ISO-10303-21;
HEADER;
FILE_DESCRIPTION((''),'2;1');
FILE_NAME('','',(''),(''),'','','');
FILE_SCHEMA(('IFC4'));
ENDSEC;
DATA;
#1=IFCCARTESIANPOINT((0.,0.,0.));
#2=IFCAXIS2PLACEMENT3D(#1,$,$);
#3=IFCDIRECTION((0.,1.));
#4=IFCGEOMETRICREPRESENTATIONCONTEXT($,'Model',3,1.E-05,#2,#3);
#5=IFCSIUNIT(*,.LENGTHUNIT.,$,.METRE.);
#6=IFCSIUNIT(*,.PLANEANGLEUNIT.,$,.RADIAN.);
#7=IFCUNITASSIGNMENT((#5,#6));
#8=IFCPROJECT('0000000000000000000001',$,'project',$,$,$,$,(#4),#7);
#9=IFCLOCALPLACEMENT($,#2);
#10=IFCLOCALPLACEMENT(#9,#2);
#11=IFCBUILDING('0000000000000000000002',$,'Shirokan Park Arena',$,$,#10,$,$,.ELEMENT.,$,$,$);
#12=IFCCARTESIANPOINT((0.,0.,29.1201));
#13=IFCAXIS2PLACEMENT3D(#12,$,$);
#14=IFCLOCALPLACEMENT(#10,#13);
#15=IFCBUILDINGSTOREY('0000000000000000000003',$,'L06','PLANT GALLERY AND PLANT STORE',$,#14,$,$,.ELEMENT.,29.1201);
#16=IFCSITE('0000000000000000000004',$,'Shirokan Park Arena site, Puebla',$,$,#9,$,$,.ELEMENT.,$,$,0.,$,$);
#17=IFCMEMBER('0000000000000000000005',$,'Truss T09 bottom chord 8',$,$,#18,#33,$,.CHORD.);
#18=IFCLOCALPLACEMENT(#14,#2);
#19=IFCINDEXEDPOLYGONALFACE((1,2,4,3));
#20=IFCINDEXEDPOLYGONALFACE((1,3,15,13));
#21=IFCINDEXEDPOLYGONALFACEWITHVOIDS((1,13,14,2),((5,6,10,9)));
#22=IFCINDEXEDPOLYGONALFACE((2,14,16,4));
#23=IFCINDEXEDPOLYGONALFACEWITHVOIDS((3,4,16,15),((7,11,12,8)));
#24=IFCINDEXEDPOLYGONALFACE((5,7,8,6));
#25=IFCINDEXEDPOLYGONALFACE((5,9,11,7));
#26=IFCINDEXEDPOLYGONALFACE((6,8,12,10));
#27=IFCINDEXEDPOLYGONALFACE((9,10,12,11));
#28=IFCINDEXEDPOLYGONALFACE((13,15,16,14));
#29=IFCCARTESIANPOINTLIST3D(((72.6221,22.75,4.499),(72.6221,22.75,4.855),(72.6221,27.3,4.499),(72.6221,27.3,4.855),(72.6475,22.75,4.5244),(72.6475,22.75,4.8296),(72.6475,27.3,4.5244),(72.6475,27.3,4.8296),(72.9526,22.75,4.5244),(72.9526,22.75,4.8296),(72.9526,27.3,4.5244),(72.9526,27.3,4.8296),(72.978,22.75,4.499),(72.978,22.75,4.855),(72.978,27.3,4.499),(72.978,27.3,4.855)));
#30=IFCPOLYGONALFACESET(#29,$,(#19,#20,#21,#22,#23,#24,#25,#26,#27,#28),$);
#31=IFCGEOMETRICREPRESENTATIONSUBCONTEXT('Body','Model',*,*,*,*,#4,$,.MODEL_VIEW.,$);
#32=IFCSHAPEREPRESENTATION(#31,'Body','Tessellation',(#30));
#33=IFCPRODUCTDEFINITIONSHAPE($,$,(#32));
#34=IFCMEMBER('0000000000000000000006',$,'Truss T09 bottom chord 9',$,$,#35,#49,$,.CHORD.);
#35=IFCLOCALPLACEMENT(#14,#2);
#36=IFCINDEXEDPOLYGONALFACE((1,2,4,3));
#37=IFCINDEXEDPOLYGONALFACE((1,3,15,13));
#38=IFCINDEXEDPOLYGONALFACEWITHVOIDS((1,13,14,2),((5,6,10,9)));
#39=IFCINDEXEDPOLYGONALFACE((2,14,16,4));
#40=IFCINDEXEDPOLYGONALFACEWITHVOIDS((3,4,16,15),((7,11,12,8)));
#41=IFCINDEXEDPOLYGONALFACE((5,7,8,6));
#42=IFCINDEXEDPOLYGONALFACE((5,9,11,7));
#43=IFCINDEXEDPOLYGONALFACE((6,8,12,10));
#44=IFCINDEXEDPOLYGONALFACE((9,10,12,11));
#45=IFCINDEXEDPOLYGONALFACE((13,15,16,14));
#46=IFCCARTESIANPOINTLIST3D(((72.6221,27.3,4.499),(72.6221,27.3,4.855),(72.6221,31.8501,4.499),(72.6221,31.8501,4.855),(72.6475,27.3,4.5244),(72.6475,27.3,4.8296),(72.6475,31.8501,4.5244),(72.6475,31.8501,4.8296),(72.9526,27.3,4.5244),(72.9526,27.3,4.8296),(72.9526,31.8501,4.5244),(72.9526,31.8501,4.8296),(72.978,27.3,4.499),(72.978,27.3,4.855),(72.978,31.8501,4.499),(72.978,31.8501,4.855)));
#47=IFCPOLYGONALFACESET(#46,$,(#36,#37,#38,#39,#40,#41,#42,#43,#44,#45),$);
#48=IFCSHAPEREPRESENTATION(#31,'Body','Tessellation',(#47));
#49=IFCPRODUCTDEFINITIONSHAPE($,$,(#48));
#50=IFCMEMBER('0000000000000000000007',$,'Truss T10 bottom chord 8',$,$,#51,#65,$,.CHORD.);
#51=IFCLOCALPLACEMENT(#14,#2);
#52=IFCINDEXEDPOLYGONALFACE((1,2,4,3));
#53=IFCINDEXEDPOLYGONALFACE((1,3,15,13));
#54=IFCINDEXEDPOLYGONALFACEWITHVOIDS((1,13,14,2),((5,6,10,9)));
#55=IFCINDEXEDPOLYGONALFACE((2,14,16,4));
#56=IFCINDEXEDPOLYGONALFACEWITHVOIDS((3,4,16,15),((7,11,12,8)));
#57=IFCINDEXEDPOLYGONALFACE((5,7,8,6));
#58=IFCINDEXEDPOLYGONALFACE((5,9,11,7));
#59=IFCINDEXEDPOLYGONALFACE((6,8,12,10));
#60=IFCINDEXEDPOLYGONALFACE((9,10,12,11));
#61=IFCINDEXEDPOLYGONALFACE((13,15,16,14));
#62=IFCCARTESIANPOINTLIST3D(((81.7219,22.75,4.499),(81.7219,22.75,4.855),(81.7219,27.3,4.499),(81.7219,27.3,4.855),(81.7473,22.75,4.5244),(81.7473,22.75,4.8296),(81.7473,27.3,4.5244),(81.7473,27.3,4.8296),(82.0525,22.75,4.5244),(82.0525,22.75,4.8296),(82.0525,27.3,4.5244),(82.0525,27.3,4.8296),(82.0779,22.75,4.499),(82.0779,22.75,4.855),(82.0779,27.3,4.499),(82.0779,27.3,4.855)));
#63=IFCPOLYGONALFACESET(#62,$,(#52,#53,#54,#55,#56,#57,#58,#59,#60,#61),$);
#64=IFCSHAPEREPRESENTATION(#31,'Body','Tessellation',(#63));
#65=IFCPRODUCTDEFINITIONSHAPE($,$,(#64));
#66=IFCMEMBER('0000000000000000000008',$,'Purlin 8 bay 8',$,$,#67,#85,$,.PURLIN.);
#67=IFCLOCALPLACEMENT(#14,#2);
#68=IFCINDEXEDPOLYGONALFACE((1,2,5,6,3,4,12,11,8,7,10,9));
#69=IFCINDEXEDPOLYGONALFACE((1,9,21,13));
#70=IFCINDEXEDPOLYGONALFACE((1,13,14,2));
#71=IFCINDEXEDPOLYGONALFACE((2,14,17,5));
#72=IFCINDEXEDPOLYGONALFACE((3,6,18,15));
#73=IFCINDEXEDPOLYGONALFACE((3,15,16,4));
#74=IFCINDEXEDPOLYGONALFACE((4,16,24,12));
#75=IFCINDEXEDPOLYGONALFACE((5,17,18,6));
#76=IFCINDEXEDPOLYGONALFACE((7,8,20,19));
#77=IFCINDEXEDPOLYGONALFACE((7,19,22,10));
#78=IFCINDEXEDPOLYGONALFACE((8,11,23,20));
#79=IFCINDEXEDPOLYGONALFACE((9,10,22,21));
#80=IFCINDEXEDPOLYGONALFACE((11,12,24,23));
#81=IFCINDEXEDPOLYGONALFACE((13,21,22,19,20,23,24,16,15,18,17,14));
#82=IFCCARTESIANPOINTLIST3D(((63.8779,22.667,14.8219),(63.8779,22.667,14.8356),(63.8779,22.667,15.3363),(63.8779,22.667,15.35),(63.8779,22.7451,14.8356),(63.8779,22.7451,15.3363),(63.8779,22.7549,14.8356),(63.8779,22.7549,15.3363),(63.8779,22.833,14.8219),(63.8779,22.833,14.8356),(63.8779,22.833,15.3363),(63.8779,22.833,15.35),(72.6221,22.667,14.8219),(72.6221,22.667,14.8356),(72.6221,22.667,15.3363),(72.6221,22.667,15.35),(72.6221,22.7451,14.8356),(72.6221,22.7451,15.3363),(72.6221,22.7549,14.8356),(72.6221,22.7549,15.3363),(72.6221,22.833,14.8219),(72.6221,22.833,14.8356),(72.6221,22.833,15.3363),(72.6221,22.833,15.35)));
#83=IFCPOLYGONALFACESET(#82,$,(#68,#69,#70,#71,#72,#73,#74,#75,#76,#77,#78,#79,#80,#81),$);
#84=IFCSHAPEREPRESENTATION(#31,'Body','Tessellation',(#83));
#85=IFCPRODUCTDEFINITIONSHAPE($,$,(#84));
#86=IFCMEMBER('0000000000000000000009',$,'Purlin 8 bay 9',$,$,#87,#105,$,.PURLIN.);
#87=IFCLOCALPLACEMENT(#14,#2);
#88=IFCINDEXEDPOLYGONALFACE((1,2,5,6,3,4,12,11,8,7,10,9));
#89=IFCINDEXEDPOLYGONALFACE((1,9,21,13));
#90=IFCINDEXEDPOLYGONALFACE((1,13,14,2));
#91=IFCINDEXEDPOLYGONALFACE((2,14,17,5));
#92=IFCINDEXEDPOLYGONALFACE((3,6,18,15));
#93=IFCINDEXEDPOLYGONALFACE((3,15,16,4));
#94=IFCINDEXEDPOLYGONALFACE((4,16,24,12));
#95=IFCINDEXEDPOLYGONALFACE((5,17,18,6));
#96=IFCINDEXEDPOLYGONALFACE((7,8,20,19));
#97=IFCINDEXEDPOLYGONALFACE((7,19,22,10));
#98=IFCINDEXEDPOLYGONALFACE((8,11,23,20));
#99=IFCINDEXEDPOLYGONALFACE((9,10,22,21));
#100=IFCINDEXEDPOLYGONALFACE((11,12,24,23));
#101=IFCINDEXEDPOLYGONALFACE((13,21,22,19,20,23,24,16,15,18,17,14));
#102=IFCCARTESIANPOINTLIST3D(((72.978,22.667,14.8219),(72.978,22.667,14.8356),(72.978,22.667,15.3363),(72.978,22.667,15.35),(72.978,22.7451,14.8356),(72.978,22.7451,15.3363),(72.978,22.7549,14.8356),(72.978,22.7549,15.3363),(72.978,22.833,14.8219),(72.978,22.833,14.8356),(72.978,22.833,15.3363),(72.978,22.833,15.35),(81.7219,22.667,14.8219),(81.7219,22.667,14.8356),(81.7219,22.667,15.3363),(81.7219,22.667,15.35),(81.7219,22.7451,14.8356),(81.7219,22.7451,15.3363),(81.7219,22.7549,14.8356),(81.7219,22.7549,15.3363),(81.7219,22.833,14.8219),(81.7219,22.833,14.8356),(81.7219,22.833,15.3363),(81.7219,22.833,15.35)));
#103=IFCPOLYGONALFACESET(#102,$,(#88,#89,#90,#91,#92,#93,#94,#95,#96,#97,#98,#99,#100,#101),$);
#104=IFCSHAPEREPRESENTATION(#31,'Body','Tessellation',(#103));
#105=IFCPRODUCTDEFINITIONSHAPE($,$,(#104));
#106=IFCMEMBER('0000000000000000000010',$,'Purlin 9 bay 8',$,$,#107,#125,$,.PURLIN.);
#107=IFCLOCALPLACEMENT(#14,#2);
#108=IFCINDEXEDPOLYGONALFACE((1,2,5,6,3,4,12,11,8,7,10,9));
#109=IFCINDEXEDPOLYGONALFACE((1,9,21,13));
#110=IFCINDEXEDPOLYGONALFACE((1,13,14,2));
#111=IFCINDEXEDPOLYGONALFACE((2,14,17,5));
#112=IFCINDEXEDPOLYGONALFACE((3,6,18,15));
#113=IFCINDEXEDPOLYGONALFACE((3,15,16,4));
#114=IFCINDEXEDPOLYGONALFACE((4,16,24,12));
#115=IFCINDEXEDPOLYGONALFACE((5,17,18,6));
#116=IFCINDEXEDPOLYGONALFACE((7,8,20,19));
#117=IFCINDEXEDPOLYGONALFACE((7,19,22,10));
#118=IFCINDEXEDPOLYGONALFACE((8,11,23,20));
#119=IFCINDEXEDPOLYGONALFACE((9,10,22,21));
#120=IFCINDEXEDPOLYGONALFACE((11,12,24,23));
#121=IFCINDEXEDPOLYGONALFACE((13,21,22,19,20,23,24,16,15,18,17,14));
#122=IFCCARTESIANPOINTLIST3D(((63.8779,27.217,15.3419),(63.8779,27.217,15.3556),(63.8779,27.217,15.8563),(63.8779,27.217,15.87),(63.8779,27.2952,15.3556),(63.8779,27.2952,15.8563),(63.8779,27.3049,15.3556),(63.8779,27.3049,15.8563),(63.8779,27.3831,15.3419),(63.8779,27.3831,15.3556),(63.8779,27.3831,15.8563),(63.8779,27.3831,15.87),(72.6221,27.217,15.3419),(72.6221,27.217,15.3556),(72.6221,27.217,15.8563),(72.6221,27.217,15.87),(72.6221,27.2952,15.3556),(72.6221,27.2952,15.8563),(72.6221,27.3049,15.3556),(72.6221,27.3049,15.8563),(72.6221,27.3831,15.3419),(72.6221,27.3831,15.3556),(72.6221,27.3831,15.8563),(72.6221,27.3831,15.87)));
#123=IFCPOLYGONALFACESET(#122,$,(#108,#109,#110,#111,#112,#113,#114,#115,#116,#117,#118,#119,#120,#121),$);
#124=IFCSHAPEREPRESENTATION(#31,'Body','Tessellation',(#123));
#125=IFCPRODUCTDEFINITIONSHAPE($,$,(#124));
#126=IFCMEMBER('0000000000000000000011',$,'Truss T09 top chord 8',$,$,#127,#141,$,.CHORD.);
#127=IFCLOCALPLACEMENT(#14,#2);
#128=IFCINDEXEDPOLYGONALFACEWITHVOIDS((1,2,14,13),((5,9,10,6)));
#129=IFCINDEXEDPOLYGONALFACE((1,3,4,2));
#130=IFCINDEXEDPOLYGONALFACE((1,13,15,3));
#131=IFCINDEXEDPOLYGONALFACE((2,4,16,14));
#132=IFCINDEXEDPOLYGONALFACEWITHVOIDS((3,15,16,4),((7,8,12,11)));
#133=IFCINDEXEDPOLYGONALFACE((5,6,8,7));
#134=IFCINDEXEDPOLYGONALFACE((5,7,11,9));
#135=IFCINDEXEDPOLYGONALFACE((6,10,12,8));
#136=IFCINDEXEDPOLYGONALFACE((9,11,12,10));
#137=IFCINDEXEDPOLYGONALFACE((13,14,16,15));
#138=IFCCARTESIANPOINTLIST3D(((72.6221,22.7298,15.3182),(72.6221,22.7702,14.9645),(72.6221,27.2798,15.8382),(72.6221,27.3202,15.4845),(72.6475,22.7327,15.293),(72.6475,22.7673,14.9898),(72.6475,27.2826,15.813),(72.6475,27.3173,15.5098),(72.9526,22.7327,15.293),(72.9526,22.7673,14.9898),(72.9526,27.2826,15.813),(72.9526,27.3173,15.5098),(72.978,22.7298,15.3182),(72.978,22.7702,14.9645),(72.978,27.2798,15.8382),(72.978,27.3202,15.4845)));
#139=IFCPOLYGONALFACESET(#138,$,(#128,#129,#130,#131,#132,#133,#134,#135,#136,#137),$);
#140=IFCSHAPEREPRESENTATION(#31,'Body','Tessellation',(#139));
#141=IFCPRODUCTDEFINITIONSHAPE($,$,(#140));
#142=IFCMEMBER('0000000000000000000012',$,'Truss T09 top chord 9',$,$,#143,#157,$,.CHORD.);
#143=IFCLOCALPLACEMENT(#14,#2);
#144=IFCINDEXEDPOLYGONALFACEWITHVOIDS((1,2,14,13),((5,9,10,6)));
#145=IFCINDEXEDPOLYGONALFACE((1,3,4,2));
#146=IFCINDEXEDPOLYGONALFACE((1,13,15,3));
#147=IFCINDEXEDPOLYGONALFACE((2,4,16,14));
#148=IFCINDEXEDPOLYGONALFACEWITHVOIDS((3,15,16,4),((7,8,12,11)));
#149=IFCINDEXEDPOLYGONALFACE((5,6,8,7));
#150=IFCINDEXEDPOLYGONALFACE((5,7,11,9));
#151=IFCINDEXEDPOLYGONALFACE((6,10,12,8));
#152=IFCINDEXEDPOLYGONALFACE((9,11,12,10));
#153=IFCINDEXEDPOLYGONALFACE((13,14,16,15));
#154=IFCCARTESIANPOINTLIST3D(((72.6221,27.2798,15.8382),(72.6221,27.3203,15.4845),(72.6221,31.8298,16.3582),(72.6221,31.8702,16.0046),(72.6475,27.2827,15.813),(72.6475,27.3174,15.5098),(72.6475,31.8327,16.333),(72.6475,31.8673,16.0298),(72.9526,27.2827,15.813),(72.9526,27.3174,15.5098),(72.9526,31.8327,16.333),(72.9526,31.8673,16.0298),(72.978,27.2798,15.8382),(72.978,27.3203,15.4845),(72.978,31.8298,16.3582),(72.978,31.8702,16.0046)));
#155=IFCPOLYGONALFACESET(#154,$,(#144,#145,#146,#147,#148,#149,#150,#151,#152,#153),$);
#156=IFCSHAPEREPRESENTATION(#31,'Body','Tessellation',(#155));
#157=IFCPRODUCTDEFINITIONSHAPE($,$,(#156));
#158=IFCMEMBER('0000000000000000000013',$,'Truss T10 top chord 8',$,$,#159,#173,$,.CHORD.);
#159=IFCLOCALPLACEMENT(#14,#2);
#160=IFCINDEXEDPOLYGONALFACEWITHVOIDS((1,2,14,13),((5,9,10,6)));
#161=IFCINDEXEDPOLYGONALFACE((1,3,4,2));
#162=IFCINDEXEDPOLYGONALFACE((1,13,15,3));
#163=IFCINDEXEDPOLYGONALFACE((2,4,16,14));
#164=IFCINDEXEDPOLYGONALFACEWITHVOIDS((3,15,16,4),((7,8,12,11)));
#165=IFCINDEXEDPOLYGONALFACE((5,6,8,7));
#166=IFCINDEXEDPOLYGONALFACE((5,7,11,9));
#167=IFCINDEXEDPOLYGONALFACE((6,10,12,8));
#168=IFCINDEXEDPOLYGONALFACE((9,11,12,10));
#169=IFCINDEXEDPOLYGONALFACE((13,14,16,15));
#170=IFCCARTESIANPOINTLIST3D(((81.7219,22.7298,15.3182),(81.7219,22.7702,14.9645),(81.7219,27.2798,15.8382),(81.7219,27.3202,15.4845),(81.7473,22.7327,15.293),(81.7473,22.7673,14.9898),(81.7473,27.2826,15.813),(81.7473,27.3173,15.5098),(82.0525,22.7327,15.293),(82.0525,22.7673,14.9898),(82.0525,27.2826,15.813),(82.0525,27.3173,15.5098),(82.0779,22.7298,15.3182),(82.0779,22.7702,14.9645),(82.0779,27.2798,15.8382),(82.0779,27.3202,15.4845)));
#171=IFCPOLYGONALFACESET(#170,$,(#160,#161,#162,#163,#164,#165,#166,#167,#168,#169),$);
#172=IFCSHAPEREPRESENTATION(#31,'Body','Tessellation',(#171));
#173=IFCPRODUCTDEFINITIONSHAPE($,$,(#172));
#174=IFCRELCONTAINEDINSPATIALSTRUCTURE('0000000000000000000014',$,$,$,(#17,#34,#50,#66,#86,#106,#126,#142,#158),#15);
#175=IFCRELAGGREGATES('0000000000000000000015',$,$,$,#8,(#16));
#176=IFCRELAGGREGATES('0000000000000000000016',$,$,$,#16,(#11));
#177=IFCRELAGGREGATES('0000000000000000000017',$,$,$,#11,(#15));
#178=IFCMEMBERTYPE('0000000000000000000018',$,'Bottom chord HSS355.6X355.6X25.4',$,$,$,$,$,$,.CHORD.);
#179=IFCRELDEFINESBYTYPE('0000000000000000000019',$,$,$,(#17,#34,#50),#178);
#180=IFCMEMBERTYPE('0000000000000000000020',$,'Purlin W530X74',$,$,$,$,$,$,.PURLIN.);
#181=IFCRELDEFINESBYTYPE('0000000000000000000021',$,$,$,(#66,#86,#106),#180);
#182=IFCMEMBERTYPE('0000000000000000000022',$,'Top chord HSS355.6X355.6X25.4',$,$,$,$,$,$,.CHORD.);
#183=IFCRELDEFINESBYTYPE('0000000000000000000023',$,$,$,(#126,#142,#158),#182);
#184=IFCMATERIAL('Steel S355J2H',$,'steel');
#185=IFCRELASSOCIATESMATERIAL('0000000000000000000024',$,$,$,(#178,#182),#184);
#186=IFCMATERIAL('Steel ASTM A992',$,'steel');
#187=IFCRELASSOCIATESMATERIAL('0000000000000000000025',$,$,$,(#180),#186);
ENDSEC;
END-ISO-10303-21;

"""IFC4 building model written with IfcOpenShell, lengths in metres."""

from ifc_helpers import new_model, si_unit, direction, frame, origin, origin_2d, place, context, subcontext, project, spatial, hollow_rectangle, i_section, extrude, material, material_profile, profile_set, type_object, element, save


model = new_model("IFC4")

# Units and contexts
model_context = context("Model", 3, precision=1e-05, world=origin(), true_north=direction((0.0, 1.0)))
body_context = subcontext(model_context, "Body", "Model", "MODEL_VIEW")
ifc_project = project(units=[si_unit("LENGTHUNIT", "METRE"), si_unit("PLANEANGLEUNIT", "RADIAN")], contexts=[model_context])

# Site, building, storey
site_placement = place(None, origin())
site = spatial("IfcSite", under=ifc_project, at=site_placement, Name="Shirokan Park Arena site, Puebla", CompositionType="ELEMENT", RefElevation=0.0)
building_placement = place(site_placement, origin())
building = spatial("IfcBuilding", under=site, at=building_placement, Name="Shirokan Park Arena", CompositionType="ELEMENT")
storey_placement = place(building_placement, frame((0.0, 0.0, 29.1201)))
storey = spatial("IfcBuildingStorey", under=building, at=storey_placement, Name="L06", Description="PLANT GALLERY AND PLANT STORE", CompositionType="ELEMENT", Elevation=29.1201)

# Members
ifc_material_1 = material(Name="Steel S355J2H", Category="steel")
ifc_material_profile_1 = material_profile(ifc_material_1, hollow_rectangle(XDim=0.356, YDim=0.356, WallThickness=0.0254, at=origin_2d()), Name="HSS355.6X355.6X25.4")
ifc_profile_set_1 = profile_set([ifc_material_profile_1], Name="Steel S355J2H")
member_type_1 = type_object("IfcMemberType", Name="Bottom chord HSS355.6X355.6X25.4", PredefinedType="CHORD", material=ifc_profile_set_1)
for number, where, z_axis, x_axis, name in (
    (1, (72.8, 22.75, 4.677), (0.0, 1.0, 0.0), (-1.0, 0.0, 0.0), "Truss T09 bottom chord 8"),
    (2, (72.8, 27.3, 4.677), (0.0, 1.0, 0.0), (-1.0, 0.0, 0.0), "Truss T09 bottom chord 9"),
    (3, (81.8999, 22.75, 4.677), (0.0, 1.0, 0.0), (-1.0, 0.0, 0.0), "Truss T10 bottom chord 8"),
):
    element("IfcMember", number, at=place(storey_placement, frame(where, z_axis=z_axis, x_axis=x_axis)), inside=storey, type_object=member_type_1, Name=name, PredefinedType="CHORD", context=body_context, shape_type="SweptSolid", body=[
        extrude(hollow_rectangle(XDim=0.356, YDim=0.356, WallThickness=0.0254, at=origin_2d()), origin(), (0.0, 0.0, 1.0), 4.55),
    ])
ifc_material_2 = material(Name="Steel ASTM A992", Category="steel")
ifc_material_profile_2 = material_profile(ifc_material_2, i_section(OverallWidth=0.166, OverallDepth=0.5281, WebThickness=0.0098, FlangeThickness=0.0137, at=origin_2d()), Name="W530X74")
ifc_profile_set_2 = profile_set([ifc_material_profile_2], Name="Steel ASTM A992")
member_type_2 = type_object("IfcMemberType", Name="Purlin W530X74", PredefinedType="PURLIN", material=ifc_profile_set_2)
member_1_placement = place(storey_placement, frame((63.8779, 22.75, 15.0859), z_axis=(1.0, 0.0, 0.0), x_axis=(0.0, 1.0, 0.0)))
element("IfcMember", 4, at=member_1_placement, inside=storey, type_object=member_type_2, Name="Purlin 8 bay 8", PredefinedType="PURLIN", context=body_context, shape_type="SweptSolid", body=[
    extrude(i_section(OverallWidth=0.166, OverallDepth=0.5281, WebThickness=0.0098, FlangeThickness=0.0137, at=origin_2d()), origin(), (0.0, 0.0, 1.0), 8.7441),
])
member_2_placement = place(storey_placement, frame((72.978, 22.75, 15.0859), z_axis=(1.0, 0.0, 0.0), x_axis=(0.0, 1.0, 0.0)))
element("IfcMember", 5, at=member_2_placement, inside=storey, type_object=member_type_2, Name="Purlin 8 bay 9", PredefinedType="PURLIN", context=body_context, shape_type="SweptSolid", body=[
    extrude(i_section(OverallWidth=0.166, OverallDepth=0.5281, WebThickness=0.0098, FlangeThickness=0.0137, at=origin_2d()), origin(), (0.0, 0.0, 1.0), 8.7439),
])
member_3_placement = place(storey_placement, frame((63.8779, 27.3, 15.606), z_axis=(1.0, 0.0, 0.0), x_axis=(0.0, 1.0, 0.0)))
element("IfcMember", 6, at=member_3_placement, inside=storey, type_object=member_type_2, Name="Purlin 9 bay 8", PredefinedType="PURLIN", context=body_context, shape_type="SweptSolid", body=[
    extrude(i_section(OverallWidth=0.166, OverallDepth=0.5281, WebThickness=0.0098, FlangeThickness=0.0137, at=origin_2d()), origin(), (0.0, 0.0, 1.0), 8.7441),
])
ifc_material_profile_3 = material_profile(ifc_material_1, hollow_rectangle(XDim=0.356, YDim=0.356, WallThickness=0.0254, at=origin_2d()), Name="HSS355.6X355.6X25.4")
ifc_profile_set_3 = profile_set([ifc_material_profile_3], Name="Steel S355J2H")
member_type_3 = type_object("IfcMemberType", Name="Top chord HSS355.6X355.6X25.4", PredefinedType="CHORD", material=ifc_profile_set_3)
for number, where, z_axis, x_axis, name in (
    (7, (72.8, 22.75, 15.1414), (0.0, 0.993532, 0.11355), (-1.0, 0.0, 0.0), "Truss T09 top chord 8"),
    (8, (72.8, 27.3, 15.6614), (0.0, 0.993532, 0.11355), (-1.0, 0.0, 0.0), "Truss T09 top chord 9"),
    (9, (81.8999, 22.75, 15.1414), (0.0, 0.993532, 0.11355), (-1.0, 0.0, 0.0), "Truss T10 top chord 8"),
):
    element("IfcMember", number, at=place(storey_placement, frame(where, z_axis=z_axis, x_axis=x_axis)), inside=storey, type_object=member_type_3, Name=name, PredefinedType="CHORD", context=body_context, shape_type="SweptSolid", body=[
        extrude(hollow_rectangle(XDim=0.356, YDim=0.356, WallThickness=0.0254, at=origin_2d()), origin(), (0.0, 0.0, 1.0), 4.5796),
    ])

save(model, "model.ifc")
